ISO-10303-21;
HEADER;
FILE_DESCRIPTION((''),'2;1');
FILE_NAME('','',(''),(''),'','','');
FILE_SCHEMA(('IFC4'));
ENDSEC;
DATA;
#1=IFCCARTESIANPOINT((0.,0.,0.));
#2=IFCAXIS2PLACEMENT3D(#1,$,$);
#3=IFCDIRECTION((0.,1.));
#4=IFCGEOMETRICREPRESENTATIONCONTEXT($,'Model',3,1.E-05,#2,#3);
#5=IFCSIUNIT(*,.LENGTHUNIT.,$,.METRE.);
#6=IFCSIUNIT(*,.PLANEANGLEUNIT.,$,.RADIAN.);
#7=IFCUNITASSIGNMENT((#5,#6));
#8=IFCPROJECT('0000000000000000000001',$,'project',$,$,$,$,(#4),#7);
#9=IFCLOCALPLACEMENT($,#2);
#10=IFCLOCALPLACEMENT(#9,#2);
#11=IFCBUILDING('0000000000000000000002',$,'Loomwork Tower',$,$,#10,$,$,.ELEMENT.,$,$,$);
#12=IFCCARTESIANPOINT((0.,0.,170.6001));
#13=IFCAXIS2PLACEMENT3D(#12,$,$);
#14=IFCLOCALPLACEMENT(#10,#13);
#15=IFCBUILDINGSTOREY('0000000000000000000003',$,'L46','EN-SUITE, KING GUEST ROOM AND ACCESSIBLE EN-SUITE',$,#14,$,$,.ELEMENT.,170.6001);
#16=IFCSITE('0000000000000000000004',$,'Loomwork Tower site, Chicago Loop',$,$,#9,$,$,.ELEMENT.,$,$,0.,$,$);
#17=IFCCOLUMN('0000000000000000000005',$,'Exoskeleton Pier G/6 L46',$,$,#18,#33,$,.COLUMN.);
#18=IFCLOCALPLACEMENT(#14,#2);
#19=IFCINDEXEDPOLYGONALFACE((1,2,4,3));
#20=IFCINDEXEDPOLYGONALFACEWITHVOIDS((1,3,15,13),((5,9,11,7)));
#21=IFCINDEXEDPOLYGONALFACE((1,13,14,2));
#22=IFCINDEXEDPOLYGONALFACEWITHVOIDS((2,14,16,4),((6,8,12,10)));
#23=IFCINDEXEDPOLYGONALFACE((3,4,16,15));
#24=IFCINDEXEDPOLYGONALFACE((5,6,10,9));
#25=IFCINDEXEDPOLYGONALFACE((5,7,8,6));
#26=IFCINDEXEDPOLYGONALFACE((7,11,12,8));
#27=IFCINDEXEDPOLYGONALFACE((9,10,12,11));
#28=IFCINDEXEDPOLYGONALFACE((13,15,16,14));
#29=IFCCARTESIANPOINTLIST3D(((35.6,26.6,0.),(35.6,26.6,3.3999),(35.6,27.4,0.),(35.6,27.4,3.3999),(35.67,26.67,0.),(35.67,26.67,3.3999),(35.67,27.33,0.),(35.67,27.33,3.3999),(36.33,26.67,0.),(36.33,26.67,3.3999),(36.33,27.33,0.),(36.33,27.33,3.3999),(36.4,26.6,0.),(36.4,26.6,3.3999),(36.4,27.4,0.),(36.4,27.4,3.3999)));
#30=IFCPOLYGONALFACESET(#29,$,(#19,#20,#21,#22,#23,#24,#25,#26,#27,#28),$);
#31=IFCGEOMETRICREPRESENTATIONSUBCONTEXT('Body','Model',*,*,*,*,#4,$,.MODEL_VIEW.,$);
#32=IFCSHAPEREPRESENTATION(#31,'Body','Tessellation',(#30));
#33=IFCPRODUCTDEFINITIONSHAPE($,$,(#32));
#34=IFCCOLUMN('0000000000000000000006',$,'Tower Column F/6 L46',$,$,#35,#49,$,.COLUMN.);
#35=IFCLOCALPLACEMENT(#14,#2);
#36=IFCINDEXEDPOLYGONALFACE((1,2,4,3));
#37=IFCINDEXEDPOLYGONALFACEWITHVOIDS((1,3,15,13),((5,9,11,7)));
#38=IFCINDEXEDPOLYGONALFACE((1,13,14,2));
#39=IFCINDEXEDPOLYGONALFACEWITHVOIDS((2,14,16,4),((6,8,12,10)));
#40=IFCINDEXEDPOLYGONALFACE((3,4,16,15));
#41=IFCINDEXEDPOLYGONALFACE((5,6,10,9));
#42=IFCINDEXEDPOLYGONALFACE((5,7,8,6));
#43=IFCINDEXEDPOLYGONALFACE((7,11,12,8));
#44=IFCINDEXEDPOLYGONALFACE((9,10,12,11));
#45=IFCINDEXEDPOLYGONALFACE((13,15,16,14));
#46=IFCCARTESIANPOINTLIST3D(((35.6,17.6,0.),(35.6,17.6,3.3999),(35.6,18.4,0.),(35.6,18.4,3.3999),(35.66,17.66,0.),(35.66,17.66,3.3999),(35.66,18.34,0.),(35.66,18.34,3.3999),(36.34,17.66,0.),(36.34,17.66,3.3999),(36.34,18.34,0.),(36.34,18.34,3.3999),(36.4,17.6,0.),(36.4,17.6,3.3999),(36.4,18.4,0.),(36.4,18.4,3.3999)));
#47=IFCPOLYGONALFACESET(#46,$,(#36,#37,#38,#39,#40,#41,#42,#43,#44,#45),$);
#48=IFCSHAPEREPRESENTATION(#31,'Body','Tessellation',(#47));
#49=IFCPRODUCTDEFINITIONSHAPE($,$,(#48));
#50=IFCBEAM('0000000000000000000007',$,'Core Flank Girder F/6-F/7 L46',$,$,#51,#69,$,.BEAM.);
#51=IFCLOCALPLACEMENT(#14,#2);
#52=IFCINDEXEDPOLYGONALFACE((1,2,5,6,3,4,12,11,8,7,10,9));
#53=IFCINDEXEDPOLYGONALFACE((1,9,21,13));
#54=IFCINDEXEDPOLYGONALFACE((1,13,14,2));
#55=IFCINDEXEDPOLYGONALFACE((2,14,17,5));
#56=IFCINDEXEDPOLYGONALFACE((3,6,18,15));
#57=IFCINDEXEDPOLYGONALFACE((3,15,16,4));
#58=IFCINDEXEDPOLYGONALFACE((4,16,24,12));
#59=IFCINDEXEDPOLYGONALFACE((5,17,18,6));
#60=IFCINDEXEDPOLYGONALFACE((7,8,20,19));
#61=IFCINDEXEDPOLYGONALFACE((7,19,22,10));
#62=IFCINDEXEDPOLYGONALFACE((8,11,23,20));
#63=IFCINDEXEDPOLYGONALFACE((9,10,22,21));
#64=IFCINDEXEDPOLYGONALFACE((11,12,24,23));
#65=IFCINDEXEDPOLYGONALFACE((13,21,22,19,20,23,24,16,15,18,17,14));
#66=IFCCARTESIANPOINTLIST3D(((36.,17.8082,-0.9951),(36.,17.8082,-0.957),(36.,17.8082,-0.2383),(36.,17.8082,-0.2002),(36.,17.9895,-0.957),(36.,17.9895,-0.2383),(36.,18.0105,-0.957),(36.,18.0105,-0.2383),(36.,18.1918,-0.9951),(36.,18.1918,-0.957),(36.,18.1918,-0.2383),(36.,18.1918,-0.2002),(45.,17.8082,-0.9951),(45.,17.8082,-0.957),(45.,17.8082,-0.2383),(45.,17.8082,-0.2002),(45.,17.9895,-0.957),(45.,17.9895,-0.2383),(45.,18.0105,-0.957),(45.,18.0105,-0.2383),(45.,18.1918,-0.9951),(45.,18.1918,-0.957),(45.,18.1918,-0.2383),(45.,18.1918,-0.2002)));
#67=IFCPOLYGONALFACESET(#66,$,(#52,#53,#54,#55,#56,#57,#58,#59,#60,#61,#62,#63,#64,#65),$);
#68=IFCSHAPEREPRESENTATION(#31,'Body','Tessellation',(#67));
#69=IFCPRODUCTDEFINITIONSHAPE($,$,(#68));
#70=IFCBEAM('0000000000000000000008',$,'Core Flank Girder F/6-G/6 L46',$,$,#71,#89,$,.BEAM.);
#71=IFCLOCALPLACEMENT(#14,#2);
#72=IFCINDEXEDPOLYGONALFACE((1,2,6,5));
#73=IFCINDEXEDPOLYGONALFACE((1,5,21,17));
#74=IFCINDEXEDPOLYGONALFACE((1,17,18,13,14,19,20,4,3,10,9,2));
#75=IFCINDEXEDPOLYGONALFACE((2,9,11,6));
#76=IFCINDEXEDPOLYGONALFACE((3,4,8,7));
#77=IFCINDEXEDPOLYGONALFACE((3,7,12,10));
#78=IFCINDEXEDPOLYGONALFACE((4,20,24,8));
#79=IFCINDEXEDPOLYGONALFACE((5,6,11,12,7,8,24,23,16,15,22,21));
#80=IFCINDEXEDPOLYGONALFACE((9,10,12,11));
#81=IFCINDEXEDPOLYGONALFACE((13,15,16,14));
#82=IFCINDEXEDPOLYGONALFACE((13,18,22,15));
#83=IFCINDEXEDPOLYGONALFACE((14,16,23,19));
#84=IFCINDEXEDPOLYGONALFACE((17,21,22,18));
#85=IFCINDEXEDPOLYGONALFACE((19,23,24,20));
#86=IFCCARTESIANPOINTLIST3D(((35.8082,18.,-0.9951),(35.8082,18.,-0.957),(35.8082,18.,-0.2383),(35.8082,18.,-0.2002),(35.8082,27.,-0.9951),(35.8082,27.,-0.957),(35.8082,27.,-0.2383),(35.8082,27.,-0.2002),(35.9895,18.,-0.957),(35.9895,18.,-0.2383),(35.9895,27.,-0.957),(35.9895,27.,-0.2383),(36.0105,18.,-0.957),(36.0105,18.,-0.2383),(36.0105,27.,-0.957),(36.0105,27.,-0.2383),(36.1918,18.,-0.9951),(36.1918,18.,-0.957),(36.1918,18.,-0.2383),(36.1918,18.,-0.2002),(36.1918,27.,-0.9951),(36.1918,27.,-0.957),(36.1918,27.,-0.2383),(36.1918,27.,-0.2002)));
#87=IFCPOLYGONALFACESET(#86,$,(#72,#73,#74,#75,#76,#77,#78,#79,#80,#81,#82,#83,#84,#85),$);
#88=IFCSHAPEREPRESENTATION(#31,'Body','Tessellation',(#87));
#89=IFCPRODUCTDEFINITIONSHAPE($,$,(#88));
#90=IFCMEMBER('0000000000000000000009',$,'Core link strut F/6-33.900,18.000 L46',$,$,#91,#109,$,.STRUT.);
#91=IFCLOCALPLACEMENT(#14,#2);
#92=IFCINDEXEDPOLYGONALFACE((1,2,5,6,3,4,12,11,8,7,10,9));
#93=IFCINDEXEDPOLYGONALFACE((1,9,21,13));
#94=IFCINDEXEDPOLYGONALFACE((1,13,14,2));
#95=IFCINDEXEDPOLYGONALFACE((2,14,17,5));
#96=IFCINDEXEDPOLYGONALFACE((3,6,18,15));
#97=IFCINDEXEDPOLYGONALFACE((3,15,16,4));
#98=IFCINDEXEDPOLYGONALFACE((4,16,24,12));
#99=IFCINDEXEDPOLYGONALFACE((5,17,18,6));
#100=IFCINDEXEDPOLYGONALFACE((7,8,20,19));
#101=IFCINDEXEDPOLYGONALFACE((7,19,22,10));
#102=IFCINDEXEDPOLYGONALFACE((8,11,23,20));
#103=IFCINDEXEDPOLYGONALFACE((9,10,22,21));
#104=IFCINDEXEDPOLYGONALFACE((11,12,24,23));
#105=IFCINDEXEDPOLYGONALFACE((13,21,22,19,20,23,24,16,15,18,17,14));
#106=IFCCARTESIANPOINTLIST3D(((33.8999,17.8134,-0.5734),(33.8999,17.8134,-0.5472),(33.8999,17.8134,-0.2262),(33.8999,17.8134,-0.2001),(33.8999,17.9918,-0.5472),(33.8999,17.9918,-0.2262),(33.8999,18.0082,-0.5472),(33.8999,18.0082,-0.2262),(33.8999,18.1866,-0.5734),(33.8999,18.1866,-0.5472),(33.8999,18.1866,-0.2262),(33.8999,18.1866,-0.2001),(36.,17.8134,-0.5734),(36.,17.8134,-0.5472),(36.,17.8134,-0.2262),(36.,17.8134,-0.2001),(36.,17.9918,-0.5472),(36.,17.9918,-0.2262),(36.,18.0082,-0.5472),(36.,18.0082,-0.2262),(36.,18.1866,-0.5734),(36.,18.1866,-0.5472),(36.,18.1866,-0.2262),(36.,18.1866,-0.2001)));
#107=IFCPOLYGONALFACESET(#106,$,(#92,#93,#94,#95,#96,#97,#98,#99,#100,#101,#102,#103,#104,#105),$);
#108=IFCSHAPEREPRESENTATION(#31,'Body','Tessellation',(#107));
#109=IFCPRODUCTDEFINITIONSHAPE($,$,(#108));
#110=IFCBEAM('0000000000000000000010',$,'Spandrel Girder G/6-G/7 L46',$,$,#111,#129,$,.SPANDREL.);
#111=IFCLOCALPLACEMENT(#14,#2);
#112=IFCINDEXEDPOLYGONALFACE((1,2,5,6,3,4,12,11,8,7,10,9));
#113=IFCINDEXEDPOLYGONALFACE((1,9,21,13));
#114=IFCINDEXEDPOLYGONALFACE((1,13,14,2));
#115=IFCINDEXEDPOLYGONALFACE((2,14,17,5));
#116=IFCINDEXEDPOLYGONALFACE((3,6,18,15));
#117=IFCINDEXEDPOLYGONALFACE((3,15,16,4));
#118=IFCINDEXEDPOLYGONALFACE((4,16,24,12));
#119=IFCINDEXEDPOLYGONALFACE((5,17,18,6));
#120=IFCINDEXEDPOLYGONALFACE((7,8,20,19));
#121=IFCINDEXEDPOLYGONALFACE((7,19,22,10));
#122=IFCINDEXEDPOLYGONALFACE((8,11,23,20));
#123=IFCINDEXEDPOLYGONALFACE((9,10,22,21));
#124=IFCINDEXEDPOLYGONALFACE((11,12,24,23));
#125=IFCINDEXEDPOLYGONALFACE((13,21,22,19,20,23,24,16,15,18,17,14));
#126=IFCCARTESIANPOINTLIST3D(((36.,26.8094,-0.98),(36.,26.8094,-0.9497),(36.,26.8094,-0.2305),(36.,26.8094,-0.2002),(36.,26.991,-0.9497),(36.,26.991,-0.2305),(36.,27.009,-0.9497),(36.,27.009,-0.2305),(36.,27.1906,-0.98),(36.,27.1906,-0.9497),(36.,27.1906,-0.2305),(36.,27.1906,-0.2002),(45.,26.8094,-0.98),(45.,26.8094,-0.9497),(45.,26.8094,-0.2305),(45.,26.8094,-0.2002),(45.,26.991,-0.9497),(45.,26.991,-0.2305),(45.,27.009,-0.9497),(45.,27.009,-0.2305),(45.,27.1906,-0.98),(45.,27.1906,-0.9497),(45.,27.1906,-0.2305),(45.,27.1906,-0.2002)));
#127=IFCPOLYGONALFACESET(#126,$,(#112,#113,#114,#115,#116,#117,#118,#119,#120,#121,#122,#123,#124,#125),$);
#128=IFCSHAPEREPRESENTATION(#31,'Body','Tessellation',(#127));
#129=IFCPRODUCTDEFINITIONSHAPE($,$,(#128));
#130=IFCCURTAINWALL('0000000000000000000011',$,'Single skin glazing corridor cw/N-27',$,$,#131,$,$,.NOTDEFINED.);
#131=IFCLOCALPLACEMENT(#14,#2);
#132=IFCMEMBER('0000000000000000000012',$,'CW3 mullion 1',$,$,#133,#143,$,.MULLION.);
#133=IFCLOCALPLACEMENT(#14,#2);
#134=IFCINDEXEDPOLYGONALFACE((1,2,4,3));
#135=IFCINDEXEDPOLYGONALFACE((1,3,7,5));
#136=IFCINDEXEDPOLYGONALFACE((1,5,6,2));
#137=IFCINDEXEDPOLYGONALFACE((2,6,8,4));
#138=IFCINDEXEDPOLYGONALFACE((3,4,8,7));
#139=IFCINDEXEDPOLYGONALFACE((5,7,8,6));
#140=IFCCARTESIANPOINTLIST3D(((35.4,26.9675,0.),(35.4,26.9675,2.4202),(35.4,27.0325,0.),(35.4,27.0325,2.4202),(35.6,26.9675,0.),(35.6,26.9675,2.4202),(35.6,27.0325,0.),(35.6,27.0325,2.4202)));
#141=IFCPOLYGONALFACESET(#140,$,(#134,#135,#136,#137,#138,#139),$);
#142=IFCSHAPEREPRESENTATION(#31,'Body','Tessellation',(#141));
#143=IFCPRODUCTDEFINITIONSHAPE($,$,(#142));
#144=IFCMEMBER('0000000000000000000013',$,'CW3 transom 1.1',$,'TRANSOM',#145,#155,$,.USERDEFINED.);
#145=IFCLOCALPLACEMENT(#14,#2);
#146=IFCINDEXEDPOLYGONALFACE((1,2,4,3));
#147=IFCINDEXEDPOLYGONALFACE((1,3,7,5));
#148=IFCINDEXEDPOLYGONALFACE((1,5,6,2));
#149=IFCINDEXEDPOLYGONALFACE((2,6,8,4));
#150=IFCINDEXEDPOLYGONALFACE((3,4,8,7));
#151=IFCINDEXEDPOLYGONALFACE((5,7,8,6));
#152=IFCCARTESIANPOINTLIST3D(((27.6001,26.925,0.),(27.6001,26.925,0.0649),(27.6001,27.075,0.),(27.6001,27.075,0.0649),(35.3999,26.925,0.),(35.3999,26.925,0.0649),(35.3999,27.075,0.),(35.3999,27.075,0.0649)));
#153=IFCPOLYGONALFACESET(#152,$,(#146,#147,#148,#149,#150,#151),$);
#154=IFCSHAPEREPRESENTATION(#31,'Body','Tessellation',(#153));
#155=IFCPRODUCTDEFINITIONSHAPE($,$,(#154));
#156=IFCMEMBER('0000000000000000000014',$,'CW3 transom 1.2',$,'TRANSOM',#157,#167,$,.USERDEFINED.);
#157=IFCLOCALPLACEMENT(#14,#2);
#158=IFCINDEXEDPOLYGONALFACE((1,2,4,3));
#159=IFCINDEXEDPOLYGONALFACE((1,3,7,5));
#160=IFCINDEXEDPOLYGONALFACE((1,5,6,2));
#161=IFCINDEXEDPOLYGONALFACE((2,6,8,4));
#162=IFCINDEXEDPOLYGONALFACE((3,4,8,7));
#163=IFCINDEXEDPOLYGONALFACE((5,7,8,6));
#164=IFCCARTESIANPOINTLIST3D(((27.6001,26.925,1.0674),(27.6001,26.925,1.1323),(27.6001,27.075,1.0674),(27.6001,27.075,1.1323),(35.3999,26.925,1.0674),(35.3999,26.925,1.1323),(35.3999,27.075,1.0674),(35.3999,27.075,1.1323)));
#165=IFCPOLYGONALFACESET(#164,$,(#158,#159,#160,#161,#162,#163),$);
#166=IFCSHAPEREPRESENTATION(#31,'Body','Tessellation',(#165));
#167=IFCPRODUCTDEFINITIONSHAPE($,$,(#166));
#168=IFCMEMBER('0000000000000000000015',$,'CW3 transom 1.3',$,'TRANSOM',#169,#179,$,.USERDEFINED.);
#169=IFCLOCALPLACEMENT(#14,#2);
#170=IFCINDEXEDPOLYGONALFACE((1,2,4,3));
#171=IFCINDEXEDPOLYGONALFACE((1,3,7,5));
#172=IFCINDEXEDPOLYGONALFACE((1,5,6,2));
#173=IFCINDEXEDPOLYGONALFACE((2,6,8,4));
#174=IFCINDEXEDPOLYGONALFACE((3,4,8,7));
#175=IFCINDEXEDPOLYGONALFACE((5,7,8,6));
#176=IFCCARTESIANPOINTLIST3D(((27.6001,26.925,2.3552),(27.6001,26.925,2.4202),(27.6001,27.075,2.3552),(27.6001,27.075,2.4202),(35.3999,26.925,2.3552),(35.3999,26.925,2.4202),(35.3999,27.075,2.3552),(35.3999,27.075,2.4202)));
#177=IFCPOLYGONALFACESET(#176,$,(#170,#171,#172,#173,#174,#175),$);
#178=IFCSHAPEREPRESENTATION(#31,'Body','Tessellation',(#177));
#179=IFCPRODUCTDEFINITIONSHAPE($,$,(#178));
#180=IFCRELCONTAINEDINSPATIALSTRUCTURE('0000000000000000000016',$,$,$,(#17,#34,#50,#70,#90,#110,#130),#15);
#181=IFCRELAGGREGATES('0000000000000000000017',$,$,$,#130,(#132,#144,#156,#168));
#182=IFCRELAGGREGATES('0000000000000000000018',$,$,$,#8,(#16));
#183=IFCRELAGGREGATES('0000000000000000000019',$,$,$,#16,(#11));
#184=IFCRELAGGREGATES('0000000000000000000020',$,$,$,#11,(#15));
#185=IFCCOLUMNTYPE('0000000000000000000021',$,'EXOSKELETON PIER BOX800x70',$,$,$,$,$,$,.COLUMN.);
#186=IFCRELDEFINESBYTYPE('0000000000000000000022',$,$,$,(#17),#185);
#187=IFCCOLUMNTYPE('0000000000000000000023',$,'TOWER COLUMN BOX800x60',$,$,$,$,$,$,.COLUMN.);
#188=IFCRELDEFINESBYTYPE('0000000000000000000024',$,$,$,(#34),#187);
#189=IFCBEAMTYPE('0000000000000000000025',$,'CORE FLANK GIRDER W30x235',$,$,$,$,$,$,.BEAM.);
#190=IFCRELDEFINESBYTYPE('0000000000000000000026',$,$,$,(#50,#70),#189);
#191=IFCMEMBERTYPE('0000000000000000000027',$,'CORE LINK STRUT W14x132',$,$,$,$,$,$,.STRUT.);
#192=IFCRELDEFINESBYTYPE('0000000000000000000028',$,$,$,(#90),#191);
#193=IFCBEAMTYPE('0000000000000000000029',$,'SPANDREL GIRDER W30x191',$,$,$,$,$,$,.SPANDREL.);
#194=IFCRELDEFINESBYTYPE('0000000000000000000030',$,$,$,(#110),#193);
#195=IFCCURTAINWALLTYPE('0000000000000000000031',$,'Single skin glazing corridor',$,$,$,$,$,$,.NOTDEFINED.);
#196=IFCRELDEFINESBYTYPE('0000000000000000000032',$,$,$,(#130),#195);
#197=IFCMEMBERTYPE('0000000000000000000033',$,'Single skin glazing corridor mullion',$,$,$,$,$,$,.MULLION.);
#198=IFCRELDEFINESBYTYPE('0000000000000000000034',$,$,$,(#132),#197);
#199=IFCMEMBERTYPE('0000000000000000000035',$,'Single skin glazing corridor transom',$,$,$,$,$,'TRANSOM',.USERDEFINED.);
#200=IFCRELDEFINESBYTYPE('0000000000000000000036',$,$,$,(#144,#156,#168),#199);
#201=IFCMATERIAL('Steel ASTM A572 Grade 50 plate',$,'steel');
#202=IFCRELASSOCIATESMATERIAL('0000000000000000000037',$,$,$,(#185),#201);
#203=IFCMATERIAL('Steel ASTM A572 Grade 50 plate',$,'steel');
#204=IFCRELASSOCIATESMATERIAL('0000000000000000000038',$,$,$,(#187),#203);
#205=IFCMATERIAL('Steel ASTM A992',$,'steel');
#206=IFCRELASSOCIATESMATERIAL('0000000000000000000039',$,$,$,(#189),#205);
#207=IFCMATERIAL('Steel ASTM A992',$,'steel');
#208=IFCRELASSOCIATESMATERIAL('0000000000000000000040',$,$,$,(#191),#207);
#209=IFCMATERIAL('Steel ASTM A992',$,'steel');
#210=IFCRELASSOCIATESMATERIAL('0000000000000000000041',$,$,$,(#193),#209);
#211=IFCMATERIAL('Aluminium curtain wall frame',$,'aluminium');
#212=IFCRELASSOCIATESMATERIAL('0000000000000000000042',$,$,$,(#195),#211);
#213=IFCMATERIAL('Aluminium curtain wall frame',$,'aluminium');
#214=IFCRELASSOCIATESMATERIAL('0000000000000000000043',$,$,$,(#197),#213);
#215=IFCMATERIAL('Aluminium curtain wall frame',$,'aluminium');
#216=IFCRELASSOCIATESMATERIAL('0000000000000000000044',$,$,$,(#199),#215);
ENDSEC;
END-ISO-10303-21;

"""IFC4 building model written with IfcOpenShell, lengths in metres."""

from ifc_helpers import new_model, si_unit, direction, frame, origin, origin_2d, place, context, subcontext, project, spatial, rectangle, hollow_rectangle, i_section, extrude, material, material_profile, profile_set, type_object, element, aggregate, save


model = new_model("IFC4")

# Units and contexts
model_context = context("Model", 3, precision=1e-05, world=origin(), true_north=direction((0.0, 1.0)))
body_context = subcontext(model_context, "Body", "Model", "MODEL_VIEW")
ifc_project = project(units=[si_unit("LENGTHUNIT", "METRE"), si_unit("PLANEANGLEUNIT", "RADIAN")], contexts=[model_context])

# Site, building, storey
site_placement = place(None, origin())
site = spatial("IfcSite", under=ifc_project, at=site_placement, Name="Loomwork Tower site, Chicago Loop", CompositionType="ELEMENT", RefElevation=0.0)
building_placement = place(site_placement, origin())
building = spatial("IfcBuilding", under=site, at=building_placement, Name="Loomwork Tower", CompositionType="ELEMENT")
storey_placement = place(building_placement, frame((0.0, 0.0, 170.6001)))
storey = spatial("IfcBuildingStorey", under=building, at=storey_placement, Name="L46", Description="EN-SUITE, KING GUEST ROOM AND ACCESSIBLE EN-SUITE", CompositionType="ELEMENT", Elevation=170.6001)

# Columns
ifc_material_1 = material(Name="Steel ASTM A572 Grade 50 plate", Category="steel")
ifc_material_profile_1 = material_profile(ifc_material_1, hollow_rectangle(XDim=0.8, YDim=0.8, WallThickness=0.0701, at=origin_2d()), Name="BOX800x70")
ifc_profile_set_1 = profile_set([ifc_material_profile_1], Name="Steel ASTM A572 Grade 50 plate")
column_type_1 = type_object("IfcColumnType", Name="EXOSKELETON PIER BOX800x70", PredefinedType="COLUMN", material=ifc_profile_set_1)
column_1_placement = place(storey_placement, frame((36.0, 27.0, 0.0), z_axis=(0.0, 0.0, 1.0), x_axis=(1.0, 0.0, 0.0)))
element("IfcColumn", 1, at=column_1_placement, inside=storey, type_object=column_type_1, Name="Exoskeleton Pier G/6 L46", PredefinedType="COLUMN", context=body_context, shape_type="SweptSolid", body=[
    extrude(hollow_rectangle(XDim=0.8, YDim=0.8, WallThickness=0.0701, at=origin_2d()), origin(), (0.0, 0.0, 1.0), 3.3999),
])
ifc_material_2 = material(Name="Steel ASTM A572 Grade 50 plate", Category="steel")
ifc_material_profile_2 = material_profile(ifc_material_2, hollow_rectangle(XDim=0.8, YDim=0.8, WallThickness=0.0601, at=origin_2d()), Name="BOX800x60")
ifc_profile_set_2 = profile_set([ifc_material_profile_2], Name="Steel ASTM A572 Grade 50 plate")
column_type_2 = type_object("IfcColumnType", Name="TOWER COLUMN BOX800x60", PredefinedType="COLUMN", material=ifc_profile_set_2)
column_2_placement = place(storey_placement, frame((36.0, 18.0, 0.0), z_axis=(0.0, 0.0, 1.0), x_axis=(0.0, 1.0, 0.0)))
element("IfcColumn", 2, at=column_2_placement, inside=storey, type_object=column_type_2, Name="Tower Column F/6 L46", PredefinedType="COLUMN", context=body_context, shape_type="SweptSolid", body=[
    extrude(hollow_rectangle(XDim=0.8, YDim=0.8, WallThickness=0.0601, at=origin_2d()), origin(), (0.0, 0.0, 1.0), 3.3999),
])

# Beams
ifc_material_3 = material(Name="Steel ASTM A992", Category="steel")
ifc_material_profile_3 = material_profile(ifc_material_3, i_section(OverallWidth=0.3835, OverallDepth=0.7949, WebThickness=0.021, FlangeThickness=0.0381, at=origin_2d()), Name="W30x235")
ifc_profile_set_3 = profile_set([ifc_material_profile_3], Name="Steel ASTM A992")
beam_type_1 = type_object("IfcBeamType", Name="CORE FLANK GIRDER W30x235", PredefinedType="BEAM", material=ifc_profile_set_3)
for number, where, z_axis, x_axis, name in (
    (3, (36.0, 18.0, -0.5977), (1.0, 0.0, 0.0), (0.0, 1.0, 0.0), "Core Flank Girder F/6-F/7 L46"),
    (4, (36.0, 18.0, -0.5977), (0.0, 1.0, 0.0), (-1.0, 0.0, 0.0), "Core Flank Girder F/6-G/6 L46"),
):
    element("IfcBeam", number, at=place(storey_placement, frame(where, z_axis=z_axis, x_axis=x_axis)), inside=storey, type_object=beam_type_1, Name=name, PredefinedType="BEAM", context=body_context, shape_type="SweptSolid", body=[
        extrude(i_section(OverallWidth=0.3835, OverallDepth=0.7949, WebThickness=0.021, FlangeThickness=0.0381, at=origin_2d()), origin(), (0.0, 0.0, 1.0), 9.0),
    ])

# Member
ifc_material_4 = material(Name="Steel ASTM A992", Category="steel")
ifc_material_profile_4 = material_profile(ifc_material_4, i_section(OverallWidth=0.3733, OverallDepth=0.3733, WebThickness=0.0164, FlangeThickness=0.0261, at=origin_2d()), Name="W14x132")
ifc_profile_set_4 = profile_set([ifc_material_profile_4], Name="Steel ASTM A992")
member_type_1 = type_object("IfcMemberType", Name="CORE LINK STRUT W14x132", PredefinedType="STRUT", material=ifc_profile_set_4)
member_1_placement = place(storey_placement, frame((36.0, 18.0, -0.3867), z_axis=(-1.0, 0.0, 0.0), x_axis=(0.0, -1.0, 0.0)))
element("IfcMember", 5, at=member_1_placement, inside=storey, type_object=member_type_1, Name="Core link strut F/6-33.900,18.000 L46", PredefinedType="STRUT", context=body_context, shape_type="SweptSolid", body=[
    extrude(i_section(OverallWidth=0.3733, OverallDepth=0.3733, WebThickness=0.0164, FlangeThickness=0.0261, at=origin_2d()), origin(), (0.0, 0.0, 1.0), 2.1001),
])

# Beam
ifc_material_5 = material(Name="Steel ASTM A992", Category="steel")
ifc_material_profile_5 = material_profile(ifc_material_5, i_section(OverallWidth=0.3811, OverallDepth=0.7798, WebThickness=0.0181, FlangeThickness=0.0303, at=origin_2d()), Name="W30x191")
ifc_profile_set_5 = profile_set([ifc_material_profile_5], Name="Steel ASTM A992")
beam_type_2 = type_object("IfcBeamType", Name="SPANDREL GIRDER W30x191", PredefinedType="SPANDREL", material=ifc_profile_set_5)
beam_placement = place(storey_placement, frame((36.0, 27.0, -0.5901), z_axis=(1.0, 0.0, 0.0), x_axis=(0.0, 1.0, 0.0)))
element("IfcBeam", 6, at=beam_placement, inside=storey, type_object=beam_type_2, Name="Spandrel Girder G/6-G/7 L46", PredefinedType="SPANDREL", context=body_context, shape_type="SweptSolid", body=[
    extrude(i_section(OverallWidth=0.3811, OverallDepth=0.7798, WebThickness=0.0181, FlangeThickness=0.0303, at=origin_2d()), origin(), (0.0, 0.0, 1.0), 9.0),
])

# Curtain wall, members
ifc_material_6 = material(Name="Aluminium curtain wall frame", Category="aluminium")
curtain_wall_type = type_object("IfcCurtainWallType", Name="Single skin glazing corridor", PredefinedType="NOTDEFINED", material=ifc_material_6)
curtain_wall_placement = place(storey_placement, origin())
curtain_wall = element("IfcCurtainWall", 7, at=curtain_wall_placement, inside=storey, type_object=curtain_wall_type, Name="Single skin glazing corridor cw/N-27", PredefinedType="NOTDEFINED")
ifc_material_7 = material(Name="Aluminium curtain wall frame", Category="aluminium")
ifc_material_profile_6 = material_profile(ifc_material_7, rectangle(XDim=0.0649, YDim=0.2, at=origin_2d()), Name="AL 65x200")
ifc_profile_set_6 = profile_set([ifc_material_profile_6], Name="Aluminium curtain wall frame")
member_type_2 = type_object("IfcMemberType", Name="Single skin glazing corridor mullion", PredefinedType="MULLION", material=ifc_profile_set_6)
member_2_placement = place(storey_placement, frame((35.5, 27.0, 0.0), z_axis=(0.0, 0.0, 1.0), x_axis=(0.0, -1.0, 0.0)))
member_2 = element("IfcMember", 8, at=member_2_placement, type_object=member_type_2, Name="CW3 mullion 1", PredefinedType="MULLION", context=body_context, shape_type="SweptSolid", body=[
    extrude(rectangle(XDim=0.0649, YDim=0.2, at=origin_2d()), origin(), (0.0, 0.0, 1.0), 2.4202),
])
ifc_material_8 = material(Name="Aluminium curtain wall frame", Category="aluminium")
ifc_material_profile_7 = material_profile(ifc_material_8, rectangle(XDim=0.1499, YDim=0.0649, at=origin_2d()), Name="AL 65x150")
ifc_profile_set_7 = profile_set([ifc_material_profile_7], Name="Aluminium curtain wall frame")
member_type_3 = type_object("IfcMemberType", Name="Single skin glazing corridor transom", ElementType="TRANSOM", PredefinedType="USERDEFINED", material=ifc_profile_set_7)
member_3_placement = place(storey_placement, frame((35.3999, 27.0, 0.0325), z_axis=(-1.0, 0.0, 0.0), x_axis=(0.0, -1.0, 0.0)))
member_3 = element("IfcMember", 9, at=member_3_placement, type_object=member_type_3, Name="CW3 transom 1.1", ObjectType="TRANSOM", PredefinedType="USERDEFINED", context=body_context, shape_type="SweptSolid", body=[
    extrude(rectangle(XDim=0.1499, YDim=0.0649, at=origin_2d()), origin(), (0.0, 0.0, 1.0), 7.7998),
])
member_4_placement = place(storey_placement, frame((35.3999, 27.0, 1.0999), z_axis=(-1.0, 0.0, 0.0), x_axis=(0.0, -1.0, 0.0)))
member_4 = element("IfcMember", 10, at=member_4_placement, type_object=member_type_3, Name="CW3 transom 1.2", ObjectType="TRANSOM", PredefinedType="USERDEFINED", context=body_context, shape_type="SweptSolid", body=[
    extrude(rectangle(XDim=0.1499, YDim=0.0649, at=origin_2d()), origin(), (0.0, 0.0, 1.0), 7.7998),
])
member_5_placement = place(storey_placement, frame((35.3999, 27.0, 2.3877), z_axis=(-1.0, 0.0, 0.0), x_axis=(0.0, -1.0, 0.0)))
member_5 = element("IfcMember", 11, at=member_5_placement, type_object=member_type_3, Name="CW3 transom 1.3", ObjectType="TRANSOM", PredefinedType="USERDEFINED", context=body_context, shape_type="SweptSolid", body=[
    extrude(rectangle(XDim=0.1499, YDim=0.0649, at=origin_2d()), origin(), (0.0, 0.0, 1.0), 7.7998),
])
aggregate(curtain_wall, [member_2, member_3, member_4, member_5])

save(model, "model.ifc")
